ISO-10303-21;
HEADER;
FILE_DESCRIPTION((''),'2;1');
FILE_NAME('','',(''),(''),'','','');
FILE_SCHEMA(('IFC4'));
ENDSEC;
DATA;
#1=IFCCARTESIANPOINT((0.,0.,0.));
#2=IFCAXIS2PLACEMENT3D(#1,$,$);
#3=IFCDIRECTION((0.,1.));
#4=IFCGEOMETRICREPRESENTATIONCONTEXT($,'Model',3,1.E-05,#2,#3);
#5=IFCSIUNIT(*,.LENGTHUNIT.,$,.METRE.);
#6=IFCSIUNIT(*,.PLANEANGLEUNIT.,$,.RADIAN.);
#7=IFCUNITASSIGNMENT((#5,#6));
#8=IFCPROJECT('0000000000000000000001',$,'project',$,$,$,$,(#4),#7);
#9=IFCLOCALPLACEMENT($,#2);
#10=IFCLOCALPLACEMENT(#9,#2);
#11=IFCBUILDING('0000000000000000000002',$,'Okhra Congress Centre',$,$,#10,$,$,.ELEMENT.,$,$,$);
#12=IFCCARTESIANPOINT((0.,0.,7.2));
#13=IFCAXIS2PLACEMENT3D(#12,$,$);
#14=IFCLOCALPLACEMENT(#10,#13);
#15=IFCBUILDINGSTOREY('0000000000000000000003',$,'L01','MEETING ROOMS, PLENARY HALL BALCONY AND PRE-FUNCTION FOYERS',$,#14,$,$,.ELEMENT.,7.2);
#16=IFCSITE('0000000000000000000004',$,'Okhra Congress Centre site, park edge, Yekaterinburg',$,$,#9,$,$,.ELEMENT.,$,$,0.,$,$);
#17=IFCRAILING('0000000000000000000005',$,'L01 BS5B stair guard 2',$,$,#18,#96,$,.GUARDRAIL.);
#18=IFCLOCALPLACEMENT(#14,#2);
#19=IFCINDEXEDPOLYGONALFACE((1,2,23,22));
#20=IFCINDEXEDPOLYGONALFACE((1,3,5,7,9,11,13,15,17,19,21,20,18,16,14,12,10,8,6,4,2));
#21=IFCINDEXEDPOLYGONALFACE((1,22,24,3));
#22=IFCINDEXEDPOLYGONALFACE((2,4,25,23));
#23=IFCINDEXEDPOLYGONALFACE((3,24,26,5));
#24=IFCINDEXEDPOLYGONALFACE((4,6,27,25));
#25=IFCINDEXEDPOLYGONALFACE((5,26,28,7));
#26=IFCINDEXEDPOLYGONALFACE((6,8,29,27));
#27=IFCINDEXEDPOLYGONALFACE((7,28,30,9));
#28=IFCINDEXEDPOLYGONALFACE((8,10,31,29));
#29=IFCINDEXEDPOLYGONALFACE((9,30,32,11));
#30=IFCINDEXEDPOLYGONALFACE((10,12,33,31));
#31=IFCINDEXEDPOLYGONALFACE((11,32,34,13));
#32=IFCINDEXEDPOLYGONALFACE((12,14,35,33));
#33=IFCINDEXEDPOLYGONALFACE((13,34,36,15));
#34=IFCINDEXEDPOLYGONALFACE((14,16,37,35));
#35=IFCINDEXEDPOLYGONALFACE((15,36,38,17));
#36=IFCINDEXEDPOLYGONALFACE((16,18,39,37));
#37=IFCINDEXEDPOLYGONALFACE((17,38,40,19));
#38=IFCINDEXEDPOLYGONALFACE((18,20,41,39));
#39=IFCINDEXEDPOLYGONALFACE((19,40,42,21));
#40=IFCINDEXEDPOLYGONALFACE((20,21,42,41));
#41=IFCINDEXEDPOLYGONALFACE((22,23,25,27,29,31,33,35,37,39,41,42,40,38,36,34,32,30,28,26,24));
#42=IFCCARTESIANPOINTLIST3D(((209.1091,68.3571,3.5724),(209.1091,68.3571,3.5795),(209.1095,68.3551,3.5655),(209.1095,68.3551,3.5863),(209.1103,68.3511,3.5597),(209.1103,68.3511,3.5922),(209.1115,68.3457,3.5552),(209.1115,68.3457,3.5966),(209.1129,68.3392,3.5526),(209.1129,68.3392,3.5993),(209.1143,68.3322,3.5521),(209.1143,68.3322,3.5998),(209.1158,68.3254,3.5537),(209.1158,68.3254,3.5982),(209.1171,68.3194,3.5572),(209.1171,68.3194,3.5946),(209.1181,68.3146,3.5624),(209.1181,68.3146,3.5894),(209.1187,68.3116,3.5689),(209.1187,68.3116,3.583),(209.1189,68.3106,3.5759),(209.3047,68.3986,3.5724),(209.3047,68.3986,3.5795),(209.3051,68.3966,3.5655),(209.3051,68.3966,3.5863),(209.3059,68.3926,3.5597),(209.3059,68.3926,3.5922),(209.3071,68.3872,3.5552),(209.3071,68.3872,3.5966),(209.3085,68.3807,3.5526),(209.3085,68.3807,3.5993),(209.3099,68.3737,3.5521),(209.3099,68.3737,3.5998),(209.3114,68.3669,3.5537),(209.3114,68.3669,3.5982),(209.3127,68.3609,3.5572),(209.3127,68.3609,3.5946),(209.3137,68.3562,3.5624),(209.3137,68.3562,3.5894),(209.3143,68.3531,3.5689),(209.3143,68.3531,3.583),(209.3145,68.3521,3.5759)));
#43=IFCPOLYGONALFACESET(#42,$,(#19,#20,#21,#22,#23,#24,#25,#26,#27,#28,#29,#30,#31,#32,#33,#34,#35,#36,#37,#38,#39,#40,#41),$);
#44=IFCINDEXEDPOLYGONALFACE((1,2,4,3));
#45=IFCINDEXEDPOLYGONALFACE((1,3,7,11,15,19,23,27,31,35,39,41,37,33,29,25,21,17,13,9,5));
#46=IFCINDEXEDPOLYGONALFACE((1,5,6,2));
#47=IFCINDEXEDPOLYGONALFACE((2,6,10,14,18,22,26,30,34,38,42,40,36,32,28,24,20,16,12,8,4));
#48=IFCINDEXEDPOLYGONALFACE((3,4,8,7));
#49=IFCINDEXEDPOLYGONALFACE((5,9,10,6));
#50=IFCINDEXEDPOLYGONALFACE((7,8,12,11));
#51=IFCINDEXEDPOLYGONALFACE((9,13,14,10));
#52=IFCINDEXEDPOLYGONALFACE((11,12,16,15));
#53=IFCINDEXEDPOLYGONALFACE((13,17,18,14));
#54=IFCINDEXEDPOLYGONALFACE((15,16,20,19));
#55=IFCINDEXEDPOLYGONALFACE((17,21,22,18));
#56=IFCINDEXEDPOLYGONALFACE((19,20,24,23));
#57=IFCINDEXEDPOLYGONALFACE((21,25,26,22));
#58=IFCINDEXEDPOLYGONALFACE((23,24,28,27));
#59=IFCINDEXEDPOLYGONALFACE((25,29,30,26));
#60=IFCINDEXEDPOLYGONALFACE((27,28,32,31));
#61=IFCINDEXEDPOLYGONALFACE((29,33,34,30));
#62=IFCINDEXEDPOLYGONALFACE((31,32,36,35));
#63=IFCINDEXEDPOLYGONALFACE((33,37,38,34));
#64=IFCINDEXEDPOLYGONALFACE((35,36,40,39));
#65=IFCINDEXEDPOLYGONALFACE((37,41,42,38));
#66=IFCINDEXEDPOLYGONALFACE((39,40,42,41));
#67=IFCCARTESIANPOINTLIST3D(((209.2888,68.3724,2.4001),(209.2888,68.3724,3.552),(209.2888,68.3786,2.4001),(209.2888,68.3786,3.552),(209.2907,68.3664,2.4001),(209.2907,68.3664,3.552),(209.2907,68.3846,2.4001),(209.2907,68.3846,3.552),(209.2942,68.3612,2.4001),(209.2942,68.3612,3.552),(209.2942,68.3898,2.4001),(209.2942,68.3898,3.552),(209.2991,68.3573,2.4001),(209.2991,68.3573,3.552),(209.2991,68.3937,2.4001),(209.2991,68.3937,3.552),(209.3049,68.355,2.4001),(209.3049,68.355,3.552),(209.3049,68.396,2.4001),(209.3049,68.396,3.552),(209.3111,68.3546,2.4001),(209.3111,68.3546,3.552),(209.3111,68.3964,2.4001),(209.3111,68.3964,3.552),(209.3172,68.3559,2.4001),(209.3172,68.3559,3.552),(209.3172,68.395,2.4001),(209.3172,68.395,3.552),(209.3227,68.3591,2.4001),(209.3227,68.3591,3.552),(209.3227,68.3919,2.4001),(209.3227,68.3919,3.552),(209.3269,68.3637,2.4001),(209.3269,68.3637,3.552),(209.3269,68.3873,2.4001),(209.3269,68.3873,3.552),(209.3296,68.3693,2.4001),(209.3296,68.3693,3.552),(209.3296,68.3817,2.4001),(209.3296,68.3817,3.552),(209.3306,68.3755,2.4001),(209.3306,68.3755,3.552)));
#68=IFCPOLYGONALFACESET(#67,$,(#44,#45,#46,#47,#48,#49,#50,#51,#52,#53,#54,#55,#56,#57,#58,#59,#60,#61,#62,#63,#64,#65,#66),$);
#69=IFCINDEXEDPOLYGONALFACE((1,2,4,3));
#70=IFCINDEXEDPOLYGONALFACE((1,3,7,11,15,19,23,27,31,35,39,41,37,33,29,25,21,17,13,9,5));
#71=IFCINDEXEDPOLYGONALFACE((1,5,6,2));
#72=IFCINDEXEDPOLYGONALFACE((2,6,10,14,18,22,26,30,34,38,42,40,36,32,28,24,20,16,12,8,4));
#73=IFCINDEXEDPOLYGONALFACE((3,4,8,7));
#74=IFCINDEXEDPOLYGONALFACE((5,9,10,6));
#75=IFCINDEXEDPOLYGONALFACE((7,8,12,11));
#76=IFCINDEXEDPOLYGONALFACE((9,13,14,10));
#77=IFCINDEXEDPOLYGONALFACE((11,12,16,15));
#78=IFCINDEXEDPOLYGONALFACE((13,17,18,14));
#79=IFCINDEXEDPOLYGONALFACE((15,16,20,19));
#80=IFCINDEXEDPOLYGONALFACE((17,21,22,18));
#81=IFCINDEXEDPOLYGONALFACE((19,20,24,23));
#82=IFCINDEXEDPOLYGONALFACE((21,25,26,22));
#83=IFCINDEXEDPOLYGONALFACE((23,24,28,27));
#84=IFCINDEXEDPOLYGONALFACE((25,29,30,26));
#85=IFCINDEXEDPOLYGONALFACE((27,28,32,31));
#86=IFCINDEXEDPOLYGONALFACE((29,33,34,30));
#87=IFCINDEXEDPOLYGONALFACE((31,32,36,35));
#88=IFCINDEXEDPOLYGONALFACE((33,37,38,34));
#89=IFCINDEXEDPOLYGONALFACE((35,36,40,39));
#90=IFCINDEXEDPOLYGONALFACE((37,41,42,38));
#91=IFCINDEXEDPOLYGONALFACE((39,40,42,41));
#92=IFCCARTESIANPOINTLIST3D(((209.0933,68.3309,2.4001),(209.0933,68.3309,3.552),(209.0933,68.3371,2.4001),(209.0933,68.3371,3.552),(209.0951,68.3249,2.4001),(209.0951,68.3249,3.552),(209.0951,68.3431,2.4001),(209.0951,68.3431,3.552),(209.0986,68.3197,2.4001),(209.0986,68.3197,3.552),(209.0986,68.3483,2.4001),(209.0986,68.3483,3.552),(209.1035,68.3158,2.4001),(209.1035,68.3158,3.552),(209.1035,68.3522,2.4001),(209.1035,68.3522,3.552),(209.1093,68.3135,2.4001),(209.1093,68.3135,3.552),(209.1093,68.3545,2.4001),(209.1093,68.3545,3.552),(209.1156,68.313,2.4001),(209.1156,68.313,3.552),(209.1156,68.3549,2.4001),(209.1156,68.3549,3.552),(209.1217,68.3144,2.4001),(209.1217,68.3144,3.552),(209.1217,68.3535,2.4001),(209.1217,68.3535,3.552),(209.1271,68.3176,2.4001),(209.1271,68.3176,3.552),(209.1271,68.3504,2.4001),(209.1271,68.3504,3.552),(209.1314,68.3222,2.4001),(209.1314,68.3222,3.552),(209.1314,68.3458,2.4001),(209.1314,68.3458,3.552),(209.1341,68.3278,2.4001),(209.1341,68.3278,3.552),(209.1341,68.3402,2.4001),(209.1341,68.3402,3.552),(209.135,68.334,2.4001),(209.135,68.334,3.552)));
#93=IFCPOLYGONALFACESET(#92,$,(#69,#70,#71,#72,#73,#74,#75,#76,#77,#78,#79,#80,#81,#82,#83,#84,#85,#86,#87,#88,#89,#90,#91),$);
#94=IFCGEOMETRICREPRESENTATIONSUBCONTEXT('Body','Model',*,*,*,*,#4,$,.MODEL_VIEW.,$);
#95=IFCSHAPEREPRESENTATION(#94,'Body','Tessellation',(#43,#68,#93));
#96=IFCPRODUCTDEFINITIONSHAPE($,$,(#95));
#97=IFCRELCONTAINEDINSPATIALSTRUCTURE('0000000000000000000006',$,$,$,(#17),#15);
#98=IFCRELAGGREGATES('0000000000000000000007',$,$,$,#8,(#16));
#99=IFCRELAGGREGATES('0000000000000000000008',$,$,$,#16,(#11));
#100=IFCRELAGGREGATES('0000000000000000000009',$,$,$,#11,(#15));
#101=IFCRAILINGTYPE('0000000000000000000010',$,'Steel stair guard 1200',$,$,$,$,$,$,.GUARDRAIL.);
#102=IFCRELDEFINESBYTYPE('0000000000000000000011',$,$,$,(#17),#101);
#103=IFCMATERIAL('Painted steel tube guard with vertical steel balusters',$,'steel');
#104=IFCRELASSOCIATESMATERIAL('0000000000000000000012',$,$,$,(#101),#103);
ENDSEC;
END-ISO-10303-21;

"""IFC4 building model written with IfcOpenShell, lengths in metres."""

from ifc_helpers import new_model, si_unit, direction, frame, origin, origin_2d, place, context, subcontext, project, spatial, circle, extrude, material, type_object, element, save


model = new_model("IFC4")

# Units and contexts
model_context = context("Model", 3, precision=1e-05, world=origin(), true_north=direction((0.0, 1.0)))
body_context = subcontext(model_context, "Body", "Model", "MODEL_VIEW")
ifc_project = project(units=[si_unit("LENGTHUNIT", "METRE"), si_unit("PLANEANGLEUNIT", "RADIAN")], contexts=[model_context])

# Site, building, storey
site_placement = place(None, origin())
site = spatial("IfcSite", under=ifc_project, at=site_placement, Name="Okhra Congress Centre site, park edge, Yekaterinburg", CompositionType="ELEMENT", RefElevation=0.0)
building_placement = place(site_placement, origin())
building = spatial("IfcBuilding", under=site, at=building_placement, Name="Okhra Congress Centre", CompositionType="ELEMENT")
storey_placement = place(building_placement, frame((0.0, 0.0, 7.2)))
storey = spatial("IfcBuildingStorey", under=building, at=storey_placement, Name="L01", Description="MEETING ROOMS, PLENARY HALL BALCONY AND PRE-FUNCTION FOYERS", CompositionType="ELEMENT", Elevation=7.2)

# Railing
ifc_material_1 = material(Name="Painted steel tube guard with vertical steel balusters", Category="steel")
railing_type_1 = type_object("IfcRailingType", Name="Steel stair guard 1200", PredefinedType="GUARDRAIL", material=ifc_material_1)
railing_1_placement = place(storey_placement, frame((209.3096, 68.3755, 2.4001)))
element("IfcRailing", 1, at=railing_1_placement, inside=storey, type_object=railing_type_1, Name="L01 BS5B stair guard 2", PredefinedType="GUARDRAIL", context=body_context, shape_type="SweptSolid", body=[
    extrude(circle(Radius=0.0239, at=origin_2d()), frame((0.0, 0.0, 1.1758), z_axis=(-0.978212, -0.20761, 0.0), x_axis=(0.20761, -0.978212, 0.0)), (0.0, 0.0, 1.0), 0.2),
    extrude(circle(Radius=0.021, at=origin_2d()), origin(), (0.0, 0.0, 1.0), 1.1519),
    extrude(circle(Radius=0.021, at=origin_2d()), frame((-0.1956, -0.0415, 0.0)), (0.0, 0.0, 1.0), 1.1519),
])

save(model, "model.ifc")
